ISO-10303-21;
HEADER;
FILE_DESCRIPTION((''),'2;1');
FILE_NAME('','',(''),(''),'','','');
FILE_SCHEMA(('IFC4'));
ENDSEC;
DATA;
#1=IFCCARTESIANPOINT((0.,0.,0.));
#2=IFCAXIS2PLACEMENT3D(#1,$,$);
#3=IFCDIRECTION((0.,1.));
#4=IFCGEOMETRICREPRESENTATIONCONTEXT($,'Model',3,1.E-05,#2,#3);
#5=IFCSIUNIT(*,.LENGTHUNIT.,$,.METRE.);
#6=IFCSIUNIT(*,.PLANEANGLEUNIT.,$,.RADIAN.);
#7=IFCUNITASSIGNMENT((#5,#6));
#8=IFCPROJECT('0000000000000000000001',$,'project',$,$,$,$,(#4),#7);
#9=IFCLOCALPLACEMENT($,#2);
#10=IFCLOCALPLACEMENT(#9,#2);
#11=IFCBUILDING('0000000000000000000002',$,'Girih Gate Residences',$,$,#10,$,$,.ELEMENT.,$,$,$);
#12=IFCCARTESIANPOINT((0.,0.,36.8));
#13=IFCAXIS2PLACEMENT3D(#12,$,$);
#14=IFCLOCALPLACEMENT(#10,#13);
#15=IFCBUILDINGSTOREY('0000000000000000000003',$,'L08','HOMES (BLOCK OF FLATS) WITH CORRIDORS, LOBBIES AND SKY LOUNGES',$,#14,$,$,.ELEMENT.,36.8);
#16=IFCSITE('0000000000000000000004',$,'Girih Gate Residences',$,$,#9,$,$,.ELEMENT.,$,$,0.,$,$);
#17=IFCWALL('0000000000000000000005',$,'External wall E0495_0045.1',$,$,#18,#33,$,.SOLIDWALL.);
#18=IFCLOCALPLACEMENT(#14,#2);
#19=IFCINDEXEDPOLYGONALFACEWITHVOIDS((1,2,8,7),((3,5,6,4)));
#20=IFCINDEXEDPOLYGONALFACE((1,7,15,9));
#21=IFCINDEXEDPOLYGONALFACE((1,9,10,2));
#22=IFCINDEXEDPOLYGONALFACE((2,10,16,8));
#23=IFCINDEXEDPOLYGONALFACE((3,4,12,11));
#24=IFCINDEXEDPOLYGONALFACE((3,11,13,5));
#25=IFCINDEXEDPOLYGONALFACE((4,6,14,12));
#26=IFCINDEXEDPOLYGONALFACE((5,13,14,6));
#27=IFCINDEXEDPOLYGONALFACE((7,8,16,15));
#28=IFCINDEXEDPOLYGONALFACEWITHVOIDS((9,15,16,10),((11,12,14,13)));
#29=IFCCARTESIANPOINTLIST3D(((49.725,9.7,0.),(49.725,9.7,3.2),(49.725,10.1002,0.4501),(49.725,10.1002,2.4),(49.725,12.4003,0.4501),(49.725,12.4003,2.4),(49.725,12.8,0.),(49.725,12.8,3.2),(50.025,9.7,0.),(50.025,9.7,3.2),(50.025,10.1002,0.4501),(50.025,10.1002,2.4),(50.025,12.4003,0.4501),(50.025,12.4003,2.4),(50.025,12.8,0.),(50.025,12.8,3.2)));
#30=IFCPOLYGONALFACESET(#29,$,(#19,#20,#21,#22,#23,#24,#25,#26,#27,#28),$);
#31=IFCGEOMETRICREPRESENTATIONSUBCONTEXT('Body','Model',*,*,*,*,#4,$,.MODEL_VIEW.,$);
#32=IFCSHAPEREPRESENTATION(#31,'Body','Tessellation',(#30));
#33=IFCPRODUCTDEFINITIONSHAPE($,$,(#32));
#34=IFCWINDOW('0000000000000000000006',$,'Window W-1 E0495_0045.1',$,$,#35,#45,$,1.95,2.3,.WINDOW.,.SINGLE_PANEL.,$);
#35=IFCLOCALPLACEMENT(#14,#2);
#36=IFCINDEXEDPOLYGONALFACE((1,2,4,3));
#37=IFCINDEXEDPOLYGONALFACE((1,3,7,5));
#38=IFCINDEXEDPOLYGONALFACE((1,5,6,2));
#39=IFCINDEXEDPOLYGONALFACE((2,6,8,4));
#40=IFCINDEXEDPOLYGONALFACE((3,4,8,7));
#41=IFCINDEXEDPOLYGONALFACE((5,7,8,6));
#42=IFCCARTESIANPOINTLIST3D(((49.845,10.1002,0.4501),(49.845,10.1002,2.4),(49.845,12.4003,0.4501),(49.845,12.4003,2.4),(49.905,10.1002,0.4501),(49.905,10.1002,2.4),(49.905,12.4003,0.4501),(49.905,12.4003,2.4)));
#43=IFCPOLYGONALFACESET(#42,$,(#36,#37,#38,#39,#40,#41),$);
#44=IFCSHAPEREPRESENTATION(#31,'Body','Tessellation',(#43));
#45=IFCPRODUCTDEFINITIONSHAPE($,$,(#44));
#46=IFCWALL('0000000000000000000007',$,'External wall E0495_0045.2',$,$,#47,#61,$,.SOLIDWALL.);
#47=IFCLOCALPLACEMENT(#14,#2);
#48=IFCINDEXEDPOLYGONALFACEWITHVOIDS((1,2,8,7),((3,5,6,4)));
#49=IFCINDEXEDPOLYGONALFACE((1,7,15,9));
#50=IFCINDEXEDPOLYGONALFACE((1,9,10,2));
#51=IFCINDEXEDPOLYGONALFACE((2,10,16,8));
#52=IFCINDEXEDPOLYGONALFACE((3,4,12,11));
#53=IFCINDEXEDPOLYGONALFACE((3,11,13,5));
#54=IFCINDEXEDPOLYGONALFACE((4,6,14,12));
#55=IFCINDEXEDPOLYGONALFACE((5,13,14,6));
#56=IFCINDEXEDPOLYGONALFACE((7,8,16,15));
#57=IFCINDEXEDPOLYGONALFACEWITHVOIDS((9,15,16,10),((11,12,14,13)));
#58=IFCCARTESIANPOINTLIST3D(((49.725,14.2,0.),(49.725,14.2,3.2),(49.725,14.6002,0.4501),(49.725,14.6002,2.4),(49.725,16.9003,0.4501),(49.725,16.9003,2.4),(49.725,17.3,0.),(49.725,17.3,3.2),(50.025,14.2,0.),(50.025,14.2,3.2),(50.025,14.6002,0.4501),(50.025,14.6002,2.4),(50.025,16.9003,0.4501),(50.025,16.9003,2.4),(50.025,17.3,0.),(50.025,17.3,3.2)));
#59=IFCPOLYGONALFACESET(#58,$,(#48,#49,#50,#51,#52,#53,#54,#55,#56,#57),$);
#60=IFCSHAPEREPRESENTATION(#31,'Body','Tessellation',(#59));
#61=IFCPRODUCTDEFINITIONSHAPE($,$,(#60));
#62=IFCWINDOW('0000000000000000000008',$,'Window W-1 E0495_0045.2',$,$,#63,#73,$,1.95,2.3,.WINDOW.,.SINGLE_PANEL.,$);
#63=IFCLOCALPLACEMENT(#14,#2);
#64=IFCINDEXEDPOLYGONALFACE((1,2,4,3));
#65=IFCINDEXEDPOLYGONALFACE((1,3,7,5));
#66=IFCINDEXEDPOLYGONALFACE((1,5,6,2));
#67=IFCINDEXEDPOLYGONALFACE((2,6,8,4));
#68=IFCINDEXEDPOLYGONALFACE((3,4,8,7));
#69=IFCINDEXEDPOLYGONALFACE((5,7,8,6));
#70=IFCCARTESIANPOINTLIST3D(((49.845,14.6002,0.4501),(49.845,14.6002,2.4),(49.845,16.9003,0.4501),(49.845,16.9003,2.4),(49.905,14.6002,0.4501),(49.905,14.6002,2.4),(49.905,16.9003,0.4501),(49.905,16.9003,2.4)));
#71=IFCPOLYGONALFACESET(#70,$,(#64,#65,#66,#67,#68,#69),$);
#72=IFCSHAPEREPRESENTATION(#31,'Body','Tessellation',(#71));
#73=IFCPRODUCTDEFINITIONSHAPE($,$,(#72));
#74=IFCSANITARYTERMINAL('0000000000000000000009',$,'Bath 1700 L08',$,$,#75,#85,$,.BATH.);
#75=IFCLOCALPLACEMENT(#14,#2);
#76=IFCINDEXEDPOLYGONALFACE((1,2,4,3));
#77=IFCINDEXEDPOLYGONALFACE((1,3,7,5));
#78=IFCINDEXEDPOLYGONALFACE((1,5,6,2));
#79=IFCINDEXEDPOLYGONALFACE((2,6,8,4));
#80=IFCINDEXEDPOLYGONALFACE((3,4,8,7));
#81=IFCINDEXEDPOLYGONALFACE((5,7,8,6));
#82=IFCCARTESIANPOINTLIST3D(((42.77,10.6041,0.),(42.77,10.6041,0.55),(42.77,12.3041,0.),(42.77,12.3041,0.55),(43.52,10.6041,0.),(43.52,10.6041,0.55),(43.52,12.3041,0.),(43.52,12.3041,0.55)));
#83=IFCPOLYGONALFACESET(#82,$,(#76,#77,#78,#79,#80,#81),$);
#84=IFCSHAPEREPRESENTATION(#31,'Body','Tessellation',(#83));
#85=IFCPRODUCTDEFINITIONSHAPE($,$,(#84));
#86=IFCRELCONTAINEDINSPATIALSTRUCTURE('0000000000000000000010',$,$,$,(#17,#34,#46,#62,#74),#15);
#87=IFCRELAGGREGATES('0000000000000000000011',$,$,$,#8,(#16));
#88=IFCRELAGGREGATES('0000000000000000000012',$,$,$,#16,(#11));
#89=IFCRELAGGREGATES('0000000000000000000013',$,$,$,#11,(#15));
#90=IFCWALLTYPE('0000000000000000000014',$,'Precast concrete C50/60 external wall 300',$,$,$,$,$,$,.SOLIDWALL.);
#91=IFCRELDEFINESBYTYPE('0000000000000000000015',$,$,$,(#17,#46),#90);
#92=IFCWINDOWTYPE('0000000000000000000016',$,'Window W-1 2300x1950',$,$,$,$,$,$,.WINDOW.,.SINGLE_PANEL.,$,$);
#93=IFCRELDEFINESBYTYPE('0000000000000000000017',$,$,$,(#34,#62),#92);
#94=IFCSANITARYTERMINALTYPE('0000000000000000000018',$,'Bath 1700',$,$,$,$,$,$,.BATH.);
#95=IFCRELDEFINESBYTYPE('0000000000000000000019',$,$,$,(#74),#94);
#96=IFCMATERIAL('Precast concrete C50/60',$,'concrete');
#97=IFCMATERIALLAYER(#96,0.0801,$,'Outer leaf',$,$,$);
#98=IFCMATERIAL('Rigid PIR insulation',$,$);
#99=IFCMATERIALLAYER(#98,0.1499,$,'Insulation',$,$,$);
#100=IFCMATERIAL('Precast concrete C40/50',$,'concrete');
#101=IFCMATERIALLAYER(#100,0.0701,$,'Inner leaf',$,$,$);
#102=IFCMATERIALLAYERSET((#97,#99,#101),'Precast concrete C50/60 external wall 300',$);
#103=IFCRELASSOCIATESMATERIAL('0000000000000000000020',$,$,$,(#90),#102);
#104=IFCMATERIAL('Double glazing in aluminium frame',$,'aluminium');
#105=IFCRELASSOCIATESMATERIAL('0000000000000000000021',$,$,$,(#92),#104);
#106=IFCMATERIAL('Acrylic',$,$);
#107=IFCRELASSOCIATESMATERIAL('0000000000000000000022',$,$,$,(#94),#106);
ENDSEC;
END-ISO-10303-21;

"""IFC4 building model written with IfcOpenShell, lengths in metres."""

from ifc_helpers import new_model, si_unit, direction, frame, frame_2d, origin, origin_2d, place, context, subcontext, project, spatial, rectangle, extrude, material, layer, layer_set, type_object, element, fill, save


model = new_model("IFC4")

# Units and contexts
model_context = context("Model", 3, precision=1e-05, world=origin(), true_north=direction((0.0, 1.0)))
body_context = subcontext(model_context, "Body", "Model", "MODEL_VIEW")
ifc_project = project(units=[si_unit("LENGTHUNIT", "METRE"), si_unit("PLANEANGLEUNIT", "RADIAN")], contexts=[model_context])

# Site, building, storey
site_placement = place(None, origin())
site = spatial("IfcSite", under=ifc_project, at=site_placement, Name="Girih Gate Residences", CompositionType="ELEMENT", RefElevation=0.0)
building_placement = place(site_placement, origin())
building = spatial("IfcBuilding", under=site, at=building_placement, Name="Girih Gate Residences", CompositionType="ELEMENT")
storey_placement = place(building_placement, frame((0.0, 0.0, 36.8)))
storey = spatial("IfcBuildingStorey", under=building, at=storey_placement, Name="L08", Description="HOMES (BLOCK OF FLATS) WITH CORRIDORS, LOBBIES AND SKY LOUNGES", CompositionType="ELEMENT", Elevation=36.8)

# Walls, openings, windows
ifc_material_1 = material(Name="Precast concrete C50/60", Category="concrete")
ifc_layer_1 = layer(ifc_material_1, 0.0801, Name="Outer leaf")
ifc_material_2 = material(Name="Rigid PIR insulation")
ifc_layer_2 = layer(ifc_material_2, 0.1499, Name="Insulation")
ifc_material_3 = material(Name="Precast concrete C40/50", Category="concrete")
ifc_layer_3 = layer(ifc_material_3, 0.0701, Name="Inner leaf")
ifc_layer_set_1 = layer_set([ifc_layer_1, ifc_layer_2, ifc_layer_3], Name="Precast concrete C50/60 external wall 300")
wall_type_1 = type_object("IfcWallType", Name="Precast concrete C50/60 external wall 300", PredefinedType="SOLIDWALL", material=ifc_layer_set_1)
wall_1_placement = place(storey_placement, frame((49.875, 12.8, 0.0), z_axis=(0.0, 0.0, 1.0), x_axis=(0.0, -1.0, 0.0)))
wall_1 = element("IfcWall", 1, at=wall_1_placement, inside=storey, type_object=wall_type_1, Name="External wall E0495_0045.1", PredefinedType="SOLIDWALL", context=body_context, shape_type="SweptSolid", body=[
    extrude(rectangle(XDim=3.1001, YDim=0.3, at=frame_2d((1.55, 0.0))), origin(), (0.0, 0.0, 1.0), 3.2),
])
opening_1_placement = place(wall_1_placement, frame((0.3999, 0.0, 0.45)))
opening_1 = element("IfcOpeningElement", 2, at=opening_1_placement, cuts=wall_1, PredefinedType="OPENING", context=body_context, shape_type="SweptSolid", body=[
    extrude(rectangle(XDim=2.3, YDim=1.95, at=frame_2d((1.1499, 0.9751))), frame((0.0, 0.1599, 0.0), z_axis=(0.0, -1.0, 0.0), x_axis=(1.0, 0.0, 0.0)), (0.0, 0.0, 1.0), 0.3201),
])
ifc_material_4 = material(Name="Double glazing in aluminium frame", Category="aluminium")
window_type = type_object("IfcWindowType", Name="Window W-1 2300x1950", PartitioningType="SINGLE_PANEL", PredefinedType="WINDOW", material=ifc_material_4)
window_1_placement = place(opening_1_placement, origin())
window_1 = element("IfcWindow", 3, at=window_1_placement, inside=storey, type_object=window_type, Name="Window W-1 E0495_0045.1", OverallHeight=1.95, OverallWidth=2.3, PartitioningType="SINGLE_PANEL", PredefinedType="WINDOW", context=body_context, shape_type="SweptSolid", body=[
    extrude(rectangle(XDim=2.3, YDim=1.95, at=frame_2d((1.1499, 0.9751))), frame((0.0, 0.03, 0.0), z_axis=(0.0, -1.0, 0.0), x_axis=(1.0, 0.0, 0.0)), (0.0, 0.0, 1.0), 0.0601),
])
fill(opening_1, window_1)
wall_2_placement = place(storey_placement, frame((49.875, 17.3, 0.0), z_axis=(0.0, 0.0, 1.0), x_axis=(0.0, -1.0, 0.0)))
wall_2 = element("IfcWall", 4, at=wall_2_placement, inside=storey, type_object=wall_type_1, Name="External wall E0495_0045.2", PredefinedType="SOLIDWALL", context=body_context, shape_type="SweptSolid", body=[
    extrude(rectangle(XDim=3.1001, YDim=0.3, at=frame_2d((1.55, 0.0))), origin(), (0.0, 0.0, 1.0), 3.2),
])
opening_2_placement = place(wall_2_placement, frame((0.3999, 0.0, 0.45)))
opening_2 = element("IfcOpeningElement", 5, at=opening_2_placement, cuts=wall_2, PredefinedType="OPENING", context=body_context, shape_type="SweptSolid", body=[
    extrude(rectangle(XDim=2.3, YDim=1.95, at=frame_2d((1.1499, 0.9751))), frame((0.0, 0.1599, 0.0), z_axis=(0.0, -1.0, 0.0), x_axis=(1.0, 0.0, 0.0)), (0.0, 0.0, 1.0), 0.3201),
])
window_2_placement = place(opening_2_placement, origin())
window_2 = element("IfcWindow", 6, at=window_2_placement, inside=storey, type_object=window_type, Name="Window W-1 E0495_0045.2", OverallHeight=1.95, OverallWidth=2.3, PartitioningType="SINGLE_PANEL", PredefinedType="WINDOW", context=body_context, shape_type="SweptSolid", body=[
    extrude(rectangle(XDim=2.3, YDim=1.95, at=frame_2d((1.1499, 0.9751))), frame((0.0, 0.03, 0.0), z_axis=(0.0, -1.0, 0.0), x_axis=(1.0, 0.0, 0.0)), (0.0, 0.0, 1.0), 0.0601),
])
fill(opening_2, window_2)

# Sanitary terminal
ifc_material_5 = material(Name="Acrylic")
sanitary_terminal_type = type_object("IfcSanitaryTerminalType", Name="Bath 1700", PredefinedType="BATH", material=ifc_material_5)
sanitary_terminal_placement = place(storey_placement, frame((43.145, 11.4541, 0.0), z_axis=(0.0, 0.0, 1.0), x_axis=(1.0, 0.0, 0.0)))
element("IfcSanitaryTerminal", 7, at=sanitary_terminal_placement, inside=storey, type_object=sanitary_terminal_type, Name="Bath 1700 L08", PredefinedType="BATH", context=body_context, shape_type="SweptSolid", body=[
    extrude(rectangle(XDim=0.75, YDim=1.7, at=origin_2d()), origin(), (0.0, 0.0, 1.0), 0.55),
])

save(model, "model.ifc")
